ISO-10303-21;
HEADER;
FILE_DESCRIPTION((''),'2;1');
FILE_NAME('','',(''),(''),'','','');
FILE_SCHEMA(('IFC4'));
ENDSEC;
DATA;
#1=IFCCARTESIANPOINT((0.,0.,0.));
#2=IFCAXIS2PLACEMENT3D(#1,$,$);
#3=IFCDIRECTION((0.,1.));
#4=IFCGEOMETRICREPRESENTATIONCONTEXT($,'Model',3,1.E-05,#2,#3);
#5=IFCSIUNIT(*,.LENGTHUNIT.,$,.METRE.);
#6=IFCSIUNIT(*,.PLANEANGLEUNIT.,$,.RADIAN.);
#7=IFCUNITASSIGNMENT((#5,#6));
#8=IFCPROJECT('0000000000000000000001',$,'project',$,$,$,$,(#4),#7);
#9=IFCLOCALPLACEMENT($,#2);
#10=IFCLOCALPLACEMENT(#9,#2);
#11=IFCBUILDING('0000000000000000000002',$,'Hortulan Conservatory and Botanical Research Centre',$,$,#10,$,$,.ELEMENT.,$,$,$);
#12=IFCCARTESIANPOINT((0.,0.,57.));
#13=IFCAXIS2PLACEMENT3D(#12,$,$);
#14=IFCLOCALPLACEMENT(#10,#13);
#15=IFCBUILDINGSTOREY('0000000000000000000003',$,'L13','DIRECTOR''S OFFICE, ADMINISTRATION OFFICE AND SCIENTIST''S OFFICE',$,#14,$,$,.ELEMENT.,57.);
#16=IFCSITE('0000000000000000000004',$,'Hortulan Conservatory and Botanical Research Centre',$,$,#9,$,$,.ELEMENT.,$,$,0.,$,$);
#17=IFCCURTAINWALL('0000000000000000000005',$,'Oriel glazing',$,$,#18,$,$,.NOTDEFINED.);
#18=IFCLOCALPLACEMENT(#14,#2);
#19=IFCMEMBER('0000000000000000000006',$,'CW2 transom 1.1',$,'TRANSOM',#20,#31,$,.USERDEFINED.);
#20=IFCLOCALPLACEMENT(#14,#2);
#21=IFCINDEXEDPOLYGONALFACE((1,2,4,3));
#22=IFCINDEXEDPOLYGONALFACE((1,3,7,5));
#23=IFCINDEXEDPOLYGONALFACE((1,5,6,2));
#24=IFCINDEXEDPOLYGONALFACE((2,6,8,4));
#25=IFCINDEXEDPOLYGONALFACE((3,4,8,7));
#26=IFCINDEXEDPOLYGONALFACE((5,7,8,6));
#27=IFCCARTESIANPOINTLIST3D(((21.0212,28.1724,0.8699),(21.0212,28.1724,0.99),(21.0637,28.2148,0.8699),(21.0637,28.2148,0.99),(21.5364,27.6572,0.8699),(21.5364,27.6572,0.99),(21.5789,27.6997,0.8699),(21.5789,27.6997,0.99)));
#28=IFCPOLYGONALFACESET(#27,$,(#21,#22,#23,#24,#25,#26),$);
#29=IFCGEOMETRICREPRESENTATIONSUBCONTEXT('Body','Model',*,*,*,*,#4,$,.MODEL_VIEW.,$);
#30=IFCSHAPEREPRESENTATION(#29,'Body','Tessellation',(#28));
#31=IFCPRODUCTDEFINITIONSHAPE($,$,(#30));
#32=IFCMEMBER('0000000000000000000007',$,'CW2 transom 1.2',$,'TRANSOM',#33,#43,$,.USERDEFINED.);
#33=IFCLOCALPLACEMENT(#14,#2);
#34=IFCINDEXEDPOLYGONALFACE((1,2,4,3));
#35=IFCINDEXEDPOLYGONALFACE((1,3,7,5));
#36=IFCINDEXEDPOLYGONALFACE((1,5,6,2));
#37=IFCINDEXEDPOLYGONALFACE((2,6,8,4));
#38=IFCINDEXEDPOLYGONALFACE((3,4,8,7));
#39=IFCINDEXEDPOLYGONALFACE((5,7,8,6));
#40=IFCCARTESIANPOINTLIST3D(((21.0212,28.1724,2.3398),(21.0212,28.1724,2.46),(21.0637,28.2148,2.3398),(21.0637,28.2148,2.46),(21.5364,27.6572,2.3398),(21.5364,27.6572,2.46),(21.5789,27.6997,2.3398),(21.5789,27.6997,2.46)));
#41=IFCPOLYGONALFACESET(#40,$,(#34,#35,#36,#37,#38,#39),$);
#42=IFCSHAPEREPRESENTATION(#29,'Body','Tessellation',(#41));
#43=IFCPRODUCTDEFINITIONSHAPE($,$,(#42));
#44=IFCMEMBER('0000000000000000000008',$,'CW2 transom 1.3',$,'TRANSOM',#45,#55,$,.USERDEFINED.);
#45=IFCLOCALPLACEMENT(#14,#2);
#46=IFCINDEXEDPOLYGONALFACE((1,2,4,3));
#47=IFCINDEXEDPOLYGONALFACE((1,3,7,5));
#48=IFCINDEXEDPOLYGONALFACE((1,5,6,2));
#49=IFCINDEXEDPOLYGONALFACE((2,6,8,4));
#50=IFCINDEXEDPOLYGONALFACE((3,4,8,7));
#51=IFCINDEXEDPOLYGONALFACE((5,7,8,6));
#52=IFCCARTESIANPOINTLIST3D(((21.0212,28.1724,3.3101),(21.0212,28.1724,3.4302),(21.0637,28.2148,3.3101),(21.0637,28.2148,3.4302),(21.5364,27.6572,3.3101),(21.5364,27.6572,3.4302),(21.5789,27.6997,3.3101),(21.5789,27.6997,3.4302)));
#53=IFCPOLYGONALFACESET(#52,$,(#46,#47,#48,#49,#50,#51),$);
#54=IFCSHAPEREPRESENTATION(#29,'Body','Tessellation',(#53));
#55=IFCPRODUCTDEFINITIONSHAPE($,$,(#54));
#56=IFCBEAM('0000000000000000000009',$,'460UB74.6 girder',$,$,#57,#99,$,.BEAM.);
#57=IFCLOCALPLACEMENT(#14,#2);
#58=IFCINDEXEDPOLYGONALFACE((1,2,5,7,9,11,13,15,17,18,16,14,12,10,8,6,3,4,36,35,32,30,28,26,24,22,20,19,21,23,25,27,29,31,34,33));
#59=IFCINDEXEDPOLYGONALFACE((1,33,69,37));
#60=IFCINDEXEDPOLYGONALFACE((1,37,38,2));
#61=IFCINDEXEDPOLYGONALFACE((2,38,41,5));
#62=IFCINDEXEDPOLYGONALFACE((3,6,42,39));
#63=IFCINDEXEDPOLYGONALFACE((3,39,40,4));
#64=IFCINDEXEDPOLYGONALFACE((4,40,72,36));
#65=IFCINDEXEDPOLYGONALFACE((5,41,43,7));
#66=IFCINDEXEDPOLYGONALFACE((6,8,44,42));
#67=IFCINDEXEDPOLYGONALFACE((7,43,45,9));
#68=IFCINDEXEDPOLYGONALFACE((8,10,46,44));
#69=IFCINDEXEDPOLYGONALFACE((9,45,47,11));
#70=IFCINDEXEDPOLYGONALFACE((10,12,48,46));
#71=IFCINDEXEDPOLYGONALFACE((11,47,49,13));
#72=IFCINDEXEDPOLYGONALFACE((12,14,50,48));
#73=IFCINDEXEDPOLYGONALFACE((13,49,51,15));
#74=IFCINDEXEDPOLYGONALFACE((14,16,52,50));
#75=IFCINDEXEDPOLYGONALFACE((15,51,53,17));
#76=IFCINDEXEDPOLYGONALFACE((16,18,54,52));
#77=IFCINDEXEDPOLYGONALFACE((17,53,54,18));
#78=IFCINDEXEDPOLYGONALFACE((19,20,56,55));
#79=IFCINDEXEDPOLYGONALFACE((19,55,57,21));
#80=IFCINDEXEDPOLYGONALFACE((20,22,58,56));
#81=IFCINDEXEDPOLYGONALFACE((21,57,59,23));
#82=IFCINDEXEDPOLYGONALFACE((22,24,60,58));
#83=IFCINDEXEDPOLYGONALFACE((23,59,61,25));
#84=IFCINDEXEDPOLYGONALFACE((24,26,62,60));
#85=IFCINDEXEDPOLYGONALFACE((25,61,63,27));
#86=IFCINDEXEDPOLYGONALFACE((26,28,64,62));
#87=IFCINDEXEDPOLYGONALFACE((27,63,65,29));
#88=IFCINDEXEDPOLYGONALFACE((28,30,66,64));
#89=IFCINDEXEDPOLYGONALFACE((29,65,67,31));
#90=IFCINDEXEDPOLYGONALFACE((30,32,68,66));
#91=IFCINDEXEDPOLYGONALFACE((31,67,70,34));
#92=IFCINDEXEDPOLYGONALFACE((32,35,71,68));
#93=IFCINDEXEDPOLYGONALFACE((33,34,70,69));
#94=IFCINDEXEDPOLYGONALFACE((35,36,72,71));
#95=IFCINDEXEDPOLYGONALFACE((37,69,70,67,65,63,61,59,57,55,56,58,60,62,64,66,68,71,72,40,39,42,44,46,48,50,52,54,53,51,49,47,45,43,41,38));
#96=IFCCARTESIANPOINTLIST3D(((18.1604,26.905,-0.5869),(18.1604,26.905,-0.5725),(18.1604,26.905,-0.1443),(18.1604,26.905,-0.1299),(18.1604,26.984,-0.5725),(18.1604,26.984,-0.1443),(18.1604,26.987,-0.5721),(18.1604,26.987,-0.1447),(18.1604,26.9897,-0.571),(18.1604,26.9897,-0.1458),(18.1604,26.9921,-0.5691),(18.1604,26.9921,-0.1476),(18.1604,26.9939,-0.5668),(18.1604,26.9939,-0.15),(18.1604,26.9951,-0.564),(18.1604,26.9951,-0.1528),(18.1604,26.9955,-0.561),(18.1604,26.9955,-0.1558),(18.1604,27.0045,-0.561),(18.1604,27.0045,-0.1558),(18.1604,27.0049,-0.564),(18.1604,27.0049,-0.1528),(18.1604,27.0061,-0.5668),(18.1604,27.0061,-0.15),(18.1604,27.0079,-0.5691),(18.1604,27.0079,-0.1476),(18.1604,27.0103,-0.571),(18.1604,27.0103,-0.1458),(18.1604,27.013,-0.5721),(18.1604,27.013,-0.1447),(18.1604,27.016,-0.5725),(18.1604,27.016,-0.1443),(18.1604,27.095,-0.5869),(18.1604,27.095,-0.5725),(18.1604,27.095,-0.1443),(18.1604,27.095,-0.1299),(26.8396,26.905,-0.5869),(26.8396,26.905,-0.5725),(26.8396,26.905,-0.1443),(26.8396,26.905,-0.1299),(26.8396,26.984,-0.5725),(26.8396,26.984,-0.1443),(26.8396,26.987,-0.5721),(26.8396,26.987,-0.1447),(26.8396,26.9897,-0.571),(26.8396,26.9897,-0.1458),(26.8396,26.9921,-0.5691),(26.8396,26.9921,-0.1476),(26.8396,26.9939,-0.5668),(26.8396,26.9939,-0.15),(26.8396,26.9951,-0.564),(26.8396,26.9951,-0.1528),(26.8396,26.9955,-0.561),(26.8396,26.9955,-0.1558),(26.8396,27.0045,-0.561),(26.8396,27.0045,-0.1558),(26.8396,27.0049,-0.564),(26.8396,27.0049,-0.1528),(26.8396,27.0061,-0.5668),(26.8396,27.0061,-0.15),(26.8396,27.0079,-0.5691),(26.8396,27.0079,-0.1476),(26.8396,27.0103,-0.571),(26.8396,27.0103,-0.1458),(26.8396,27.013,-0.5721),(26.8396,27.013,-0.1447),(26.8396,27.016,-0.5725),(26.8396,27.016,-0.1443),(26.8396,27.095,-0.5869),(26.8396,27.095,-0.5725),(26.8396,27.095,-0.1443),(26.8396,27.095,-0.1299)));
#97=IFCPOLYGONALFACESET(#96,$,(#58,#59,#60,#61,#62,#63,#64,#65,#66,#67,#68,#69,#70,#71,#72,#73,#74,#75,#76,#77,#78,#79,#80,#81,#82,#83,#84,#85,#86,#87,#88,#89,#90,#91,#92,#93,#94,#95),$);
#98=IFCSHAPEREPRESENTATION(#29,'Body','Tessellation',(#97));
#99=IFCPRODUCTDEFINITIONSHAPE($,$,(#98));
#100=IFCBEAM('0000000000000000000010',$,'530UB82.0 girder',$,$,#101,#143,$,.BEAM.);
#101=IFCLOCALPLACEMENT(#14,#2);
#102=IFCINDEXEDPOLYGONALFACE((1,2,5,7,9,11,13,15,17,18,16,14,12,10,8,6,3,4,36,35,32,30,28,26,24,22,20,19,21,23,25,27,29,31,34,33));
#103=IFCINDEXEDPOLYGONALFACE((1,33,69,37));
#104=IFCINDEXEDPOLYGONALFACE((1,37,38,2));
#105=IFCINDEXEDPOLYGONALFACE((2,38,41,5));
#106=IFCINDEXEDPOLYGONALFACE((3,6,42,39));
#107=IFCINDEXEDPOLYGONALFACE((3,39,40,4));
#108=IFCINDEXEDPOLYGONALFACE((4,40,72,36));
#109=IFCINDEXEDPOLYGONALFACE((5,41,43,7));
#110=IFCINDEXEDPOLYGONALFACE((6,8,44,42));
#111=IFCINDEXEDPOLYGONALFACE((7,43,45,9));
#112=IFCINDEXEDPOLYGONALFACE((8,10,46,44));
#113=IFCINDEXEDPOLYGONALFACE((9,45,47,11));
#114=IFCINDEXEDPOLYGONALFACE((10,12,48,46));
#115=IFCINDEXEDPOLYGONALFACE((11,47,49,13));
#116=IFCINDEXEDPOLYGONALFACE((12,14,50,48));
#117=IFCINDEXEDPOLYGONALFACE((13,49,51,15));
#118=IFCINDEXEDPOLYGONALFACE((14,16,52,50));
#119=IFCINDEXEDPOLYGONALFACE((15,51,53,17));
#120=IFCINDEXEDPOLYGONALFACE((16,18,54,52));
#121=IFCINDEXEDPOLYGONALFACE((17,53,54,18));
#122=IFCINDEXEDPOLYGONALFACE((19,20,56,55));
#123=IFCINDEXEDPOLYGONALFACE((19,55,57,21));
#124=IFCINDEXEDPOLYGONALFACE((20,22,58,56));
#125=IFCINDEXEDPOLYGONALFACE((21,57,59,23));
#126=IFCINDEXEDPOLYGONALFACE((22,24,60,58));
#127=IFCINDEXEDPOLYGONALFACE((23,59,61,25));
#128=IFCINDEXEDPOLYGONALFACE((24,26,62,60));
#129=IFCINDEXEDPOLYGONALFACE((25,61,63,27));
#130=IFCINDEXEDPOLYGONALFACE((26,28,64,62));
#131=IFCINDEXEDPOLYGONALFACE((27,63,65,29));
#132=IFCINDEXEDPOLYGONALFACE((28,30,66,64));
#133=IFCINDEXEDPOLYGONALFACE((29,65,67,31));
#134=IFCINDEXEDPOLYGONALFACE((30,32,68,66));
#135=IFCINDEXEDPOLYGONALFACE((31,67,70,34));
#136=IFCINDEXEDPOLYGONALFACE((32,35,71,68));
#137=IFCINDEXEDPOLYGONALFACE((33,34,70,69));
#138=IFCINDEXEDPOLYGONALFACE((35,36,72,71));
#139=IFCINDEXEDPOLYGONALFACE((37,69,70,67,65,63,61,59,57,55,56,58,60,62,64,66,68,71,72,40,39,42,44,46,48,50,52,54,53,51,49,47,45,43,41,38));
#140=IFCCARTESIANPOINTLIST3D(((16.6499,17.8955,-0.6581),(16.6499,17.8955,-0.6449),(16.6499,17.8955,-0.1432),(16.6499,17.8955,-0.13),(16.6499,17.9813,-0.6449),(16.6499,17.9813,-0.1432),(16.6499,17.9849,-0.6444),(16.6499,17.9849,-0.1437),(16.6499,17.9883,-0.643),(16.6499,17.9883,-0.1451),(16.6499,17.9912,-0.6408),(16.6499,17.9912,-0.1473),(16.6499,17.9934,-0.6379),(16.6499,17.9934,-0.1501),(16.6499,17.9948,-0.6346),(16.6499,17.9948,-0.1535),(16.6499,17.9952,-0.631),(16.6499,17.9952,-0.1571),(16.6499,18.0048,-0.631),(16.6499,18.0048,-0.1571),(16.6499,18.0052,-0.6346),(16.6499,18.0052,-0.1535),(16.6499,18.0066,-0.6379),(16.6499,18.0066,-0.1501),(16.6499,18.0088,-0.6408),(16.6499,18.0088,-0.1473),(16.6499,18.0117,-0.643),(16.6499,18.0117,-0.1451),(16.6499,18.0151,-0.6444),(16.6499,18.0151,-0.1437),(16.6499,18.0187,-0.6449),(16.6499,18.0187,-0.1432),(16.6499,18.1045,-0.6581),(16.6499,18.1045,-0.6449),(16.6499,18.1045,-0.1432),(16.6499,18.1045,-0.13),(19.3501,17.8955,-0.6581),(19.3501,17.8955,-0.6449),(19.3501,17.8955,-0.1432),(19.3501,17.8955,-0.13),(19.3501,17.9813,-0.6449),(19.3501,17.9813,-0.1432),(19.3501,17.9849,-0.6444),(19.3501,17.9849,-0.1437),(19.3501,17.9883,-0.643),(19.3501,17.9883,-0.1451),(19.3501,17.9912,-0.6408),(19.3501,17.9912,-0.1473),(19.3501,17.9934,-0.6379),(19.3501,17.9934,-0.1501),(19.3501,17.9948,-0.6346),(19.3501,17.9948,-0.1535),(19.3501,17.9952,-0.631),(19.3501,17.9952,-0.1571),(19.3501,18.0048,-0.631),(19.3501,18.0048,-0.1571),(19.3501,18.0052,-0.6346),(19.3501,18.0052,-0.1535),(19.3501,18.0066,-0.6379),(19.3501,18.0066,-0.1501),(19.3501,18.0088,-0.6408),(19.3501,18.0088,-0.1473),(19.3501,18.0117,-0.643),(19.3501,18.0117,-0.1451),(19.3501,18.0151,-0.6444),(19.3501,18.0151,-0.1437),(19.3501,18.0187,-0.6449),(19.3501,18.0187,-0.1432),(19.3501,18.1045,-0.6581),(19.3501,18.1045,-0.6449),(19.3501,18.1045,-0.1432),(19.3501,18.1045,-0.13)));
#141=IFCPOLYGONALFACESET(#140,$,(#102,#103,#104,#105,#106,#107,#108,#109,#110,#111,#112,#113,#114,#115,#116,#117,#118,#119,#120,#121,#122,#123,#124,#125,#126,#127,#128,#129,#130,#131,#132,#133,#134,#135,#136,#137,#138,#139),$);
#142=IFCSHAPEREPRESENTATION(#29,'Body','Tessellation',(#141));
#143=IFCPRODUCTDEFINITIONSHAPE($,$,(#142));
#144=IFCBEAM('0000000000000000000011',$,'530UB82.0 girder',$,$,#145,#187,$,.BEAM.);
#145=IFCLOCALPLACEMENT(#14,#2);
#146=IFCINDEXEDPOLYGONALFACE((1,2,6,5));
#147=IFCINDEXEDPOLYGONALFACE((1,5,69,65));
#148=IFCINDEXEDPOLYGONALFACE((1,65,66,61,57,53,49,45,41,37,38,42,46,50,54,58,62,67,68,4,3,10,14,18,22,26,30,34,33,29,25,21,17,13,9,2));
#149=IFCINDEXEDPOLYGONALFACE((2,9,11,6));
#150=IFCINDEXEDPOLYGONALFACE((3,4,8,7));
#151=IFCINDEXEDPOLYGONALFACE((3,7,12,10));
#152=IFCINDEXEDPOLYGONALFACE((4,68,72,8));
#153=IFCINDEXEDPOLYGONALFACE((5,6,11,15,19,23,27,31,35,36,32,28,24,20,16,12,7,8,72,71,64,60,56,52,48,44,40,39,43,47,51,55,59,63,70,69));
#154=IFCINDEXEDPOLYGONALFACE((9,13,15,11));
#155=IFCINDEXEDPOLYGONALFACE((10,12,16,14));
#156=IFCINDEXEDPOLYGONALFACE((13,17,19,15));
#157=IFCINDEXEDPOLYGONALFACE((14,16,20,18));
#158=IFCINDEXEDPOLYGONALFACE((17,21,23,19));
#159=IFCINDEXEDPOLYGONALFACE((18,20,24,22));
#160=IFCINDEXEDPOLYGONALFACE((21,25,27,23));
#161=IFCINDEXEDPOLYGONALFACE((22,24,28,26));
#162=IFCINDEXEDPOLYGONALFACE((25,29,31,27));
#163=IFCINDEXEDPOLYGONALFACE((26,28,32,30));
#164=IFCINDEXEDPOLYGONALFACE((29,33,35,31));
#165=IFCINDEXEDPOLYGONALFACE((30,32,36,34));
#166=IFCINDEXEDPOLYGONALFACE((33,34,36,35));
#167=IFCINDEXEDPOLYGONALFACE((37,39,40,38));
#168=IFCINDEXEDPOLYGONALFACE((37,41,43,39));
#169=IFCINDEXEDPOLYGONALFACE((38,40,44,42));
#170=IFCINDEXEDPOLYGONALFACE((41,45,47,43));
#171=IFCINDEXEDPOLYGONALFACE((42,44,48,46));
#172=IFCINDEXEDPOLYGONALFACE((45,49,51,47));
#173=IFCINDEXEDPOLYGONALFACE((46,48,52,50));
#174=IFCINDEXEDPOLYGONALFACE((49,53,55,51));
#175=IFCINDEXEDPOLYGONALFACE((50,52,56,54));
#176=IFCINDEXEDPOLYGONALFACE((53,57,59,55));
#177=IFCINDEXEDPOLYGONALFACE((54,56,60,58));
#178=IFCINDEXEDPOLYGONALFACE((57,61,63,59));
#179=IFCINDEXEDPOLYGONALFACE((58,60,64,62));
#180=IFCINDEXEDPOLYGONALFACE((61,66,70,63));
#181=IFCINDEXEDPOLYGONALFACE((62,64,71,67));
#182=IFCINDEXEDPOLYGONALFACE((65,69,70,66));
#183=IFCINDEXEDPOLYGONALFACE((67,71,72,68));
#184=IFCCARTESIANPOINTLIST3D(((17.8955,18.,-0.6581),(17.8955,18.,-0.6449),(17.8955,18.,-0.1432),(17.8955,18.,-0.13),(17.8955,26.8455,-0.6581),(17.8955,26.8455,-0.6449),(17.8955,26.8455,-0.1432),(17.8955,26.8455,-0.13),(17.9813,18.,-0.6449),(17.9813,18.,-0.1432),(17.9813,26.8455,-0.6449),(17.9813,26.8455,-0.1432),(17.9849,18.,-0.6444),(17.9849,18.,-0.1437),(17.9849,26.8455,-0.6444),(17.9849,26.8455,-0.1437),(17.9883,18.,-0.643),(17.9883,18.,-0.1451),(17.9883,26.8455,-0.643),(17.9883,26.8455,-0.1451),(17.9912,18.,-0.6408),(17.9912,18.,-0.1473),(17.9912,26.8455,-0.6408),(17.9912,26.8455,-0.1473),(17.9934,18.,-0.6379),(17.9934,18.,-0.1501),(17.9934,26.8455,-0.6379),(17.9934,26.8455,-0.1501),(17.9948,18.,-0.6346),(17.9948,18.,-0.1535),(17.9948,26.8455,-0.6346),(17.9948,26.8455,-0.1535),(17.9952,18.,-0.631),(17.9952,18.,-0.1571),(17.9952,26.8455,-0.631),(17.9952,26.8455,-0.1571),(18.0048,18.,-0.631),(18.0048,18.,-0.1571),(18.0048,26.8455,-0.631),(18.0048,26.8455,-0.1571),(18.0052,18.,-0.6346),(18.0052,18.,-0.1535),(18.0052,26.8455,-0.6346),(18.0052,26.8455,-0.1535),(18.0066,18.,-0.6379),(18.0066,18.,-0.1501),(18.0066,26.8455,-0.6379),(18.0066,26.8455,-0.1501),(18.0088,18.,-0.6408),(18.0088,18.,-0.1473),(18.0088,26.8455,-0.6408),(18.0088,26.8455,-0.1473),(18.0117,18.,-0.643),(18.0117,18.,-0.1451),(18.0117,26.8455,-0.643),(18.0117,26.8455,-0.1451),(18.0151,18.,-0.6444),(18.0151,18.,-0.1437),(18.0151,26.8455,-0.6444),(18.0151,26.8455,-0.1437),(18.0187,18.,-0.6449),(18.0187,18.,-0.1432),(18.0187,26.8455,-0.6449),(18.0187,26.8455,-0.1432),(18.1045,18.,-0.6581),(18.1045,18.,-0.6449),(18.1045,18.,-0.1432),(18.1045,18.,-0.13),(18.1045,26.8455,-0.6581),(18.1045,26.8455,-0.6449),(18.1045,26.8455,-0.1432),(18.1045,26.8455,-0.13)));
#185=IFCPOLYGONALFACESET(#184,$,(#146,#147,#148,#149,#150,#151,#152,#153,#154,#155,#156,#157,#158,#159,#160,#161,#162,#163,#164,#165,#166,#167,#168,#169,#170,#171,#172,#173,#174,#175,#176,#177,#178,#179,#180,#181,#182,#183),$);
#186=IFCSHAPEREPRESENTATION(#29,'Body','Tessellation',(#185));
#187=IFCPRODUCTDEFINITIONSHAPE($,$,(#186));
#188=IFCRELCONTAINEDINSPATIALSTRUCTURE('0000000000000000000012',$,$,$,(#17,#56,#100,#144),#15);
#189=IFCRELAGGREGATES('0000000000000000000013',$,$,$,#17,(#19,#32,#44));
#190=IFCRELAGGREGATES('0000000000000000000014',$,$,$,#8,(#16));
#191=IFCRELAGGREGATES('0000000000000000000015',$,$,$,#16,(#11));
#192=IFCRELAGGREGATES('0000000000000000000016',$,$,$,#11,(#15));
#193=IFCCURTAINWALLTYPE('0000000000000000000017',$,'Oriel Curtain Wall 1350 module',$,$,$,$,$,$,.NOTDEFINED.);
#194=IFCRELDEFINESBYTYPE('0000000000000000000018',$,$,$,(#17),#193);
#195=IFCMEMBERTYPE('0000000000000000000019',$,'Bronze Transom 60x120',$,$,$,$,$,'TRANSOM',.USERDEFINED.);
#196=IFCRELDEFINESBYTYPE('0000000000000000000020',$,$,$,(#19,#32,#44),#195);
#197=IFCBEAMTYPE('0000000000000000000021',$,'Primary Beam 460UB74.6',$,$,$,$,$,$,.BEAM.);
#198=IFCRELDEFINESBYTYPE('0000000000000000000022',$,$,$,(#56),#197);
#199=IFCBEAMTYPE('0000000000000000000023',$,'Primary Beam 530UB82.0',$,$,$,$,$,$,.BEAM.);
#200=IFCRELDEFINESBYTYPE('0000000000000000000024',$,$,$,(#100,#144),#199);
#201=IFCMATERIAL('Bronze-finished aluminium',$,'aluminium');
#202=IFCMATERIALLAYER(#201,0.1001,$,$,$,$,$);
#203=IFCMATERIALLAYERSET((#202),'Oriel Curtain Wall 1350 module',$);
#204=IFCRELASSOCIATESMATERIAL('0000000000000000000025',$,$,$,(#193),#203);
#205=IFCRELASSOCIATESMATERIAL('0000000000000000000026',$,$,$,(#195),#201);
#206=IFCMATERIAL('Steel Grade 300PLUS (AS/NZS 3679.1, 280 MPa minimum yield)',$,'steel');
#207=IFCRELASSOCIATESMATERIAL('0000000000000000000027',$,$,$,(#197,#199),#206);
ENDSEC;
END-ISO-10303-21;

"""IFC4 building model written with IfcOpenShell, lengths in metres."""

from ifc_helpers import new_model, si_unit, direction, frame, origin, origin_2d, place, context, subcontext, project, spatial, rectangle, i_section, extrude, material, layer, layer_set, material_profile, profile_set, type_object, element, aggregate, save


model = new_model("IFC4")

# Units and contexts
model_context = context("Model", 3, precision=1e-05, world=origin(), true_north=direction((0.0, 1.0)))
body_context = subcontext(model_context, "Body", "Model", "MODEL_VIEW")
ifc_project = project(units=[si_unit("LENGTHUNIT", "METRE"), si_unit("PLANEANGLEUNIT", "RADIAN")], contexts=[model_context])

# Site, building, storey
site_placement = place(None, origin())
site = spatial("IfcSite", under=ifc_project, at=site_placement, Name="Hortulan Conservatory and Botanical Research Centre", CompositionType="ELEMENT", RefElevation=0.0)
building_placement = place(site_placement, origin())
building = spatial("IfcBuilding", under=site, at=building_placement, Name="Hortulan Conservatory and Botanical Research Centre", CompositionType="ELEMENT")
storey_placement = place(building_placement, frame((0.0, 0.0, 57.0)))
storey = spatial("IfcBuildingStorey", under=building, at=storey_placement, Name="L13", Description="DIRECTOR'S OFFICE, ADMINISTRATION OFFICE AND SCIENTIST'S OFFICE", CompositionType="ELEMENT", Elevation=57.0)

# Shared definitions
ifc_material_1 = material(Name="Steel Grade 300PLUS (AS/NZS 3679.1, 280 MPa minimum yield)", Category="steel")

# Shared definitions
ifc_material_2 = material(Name="Bronze-finished aluminium", Category="aluminium")
ifc_layer_1 = layer(ifc_material_2, 0.1001)
ifc_layer_set_1 = layer_set([ifc_layer_1], Name="Oriel Curtain Wall 1350 module")
curtain_wall_type = type_object("IfcCurtainWallType", Name="Oriel Curtain Wall 1350 module", PredefinedType="NOTDEFINED", material=ifc_layer_set_1)

# Curtain wall
curtain_wall_1_placement = place(storey_placement, origin())
curtain_wall_1 = element("IfcCurtainWall", 1, at=curtain_wall_1_placement, inside=storey, type_object=curtain_wall_type, Name="Oriel glazing", PredefinedType="NOTDEFINED")

# Members
ifc_material_profile_1 = material_profile(ifc_material_2, rectangle(XDim=0.0601, YDim=0.1201, at=origin_2d()), Name="Bronze Transom 60x120")
ifc_profile_set_1 = profile_set([ifc_material_profile_1], Name="Bronze-finished aluminium")
member_type_1 = type_object("IfcMemberType", Name="Bronze Transom 60x120", ElementType="TRANSOM", PredefinedType="USERDEFINED", material=ifc_profile_set_1)
member_1_placement = place(storey_placement, frame((21.0425, 28.1936, 0.9299), z_axis=(0.707107, -0.707107, 0.0), x_axis=(0.707107, 0.707107, 0.0)))
member_1 = element("IfcMember", 2, at=member_1_placement, type_object=member_type_1, Name="CW2 transom 1.1", ObjectType="TRANSOM", PredefinedType="USERDEFINED", context=body_context, shape_type="SweptSolid", body=[
    extrude(rectangle(XDim=0.0601, YDim=0.1201, at=origin_2d()), origin(), (0.0, 0.0, 1.0), 0.7285),
])
member_2_placement = place(storey_placement, frame((21.0425, 28.1936, 2.3999), z_axis=(0.707107, -0.707107, 0.0), x_axis=(0.707107, 0.707107, 0.0)))
member_2 = element("IfcMember", 3, at=member_2_placement, type_object=member_type_1, Name="CW2 transom 1.2", ObjectType="TRANSOM", PredefinedType="USERDEFINED", context=body_context, shape_type="SweptSolid", body=[
    extrude(rectangle(XDim=0.0601, YDim=0.1201, at=origin_2d()), origin(), (0.0, 0.0, 1.0), 0.7285),
])
member_3_placement = place(storey_placement, frame((21.0425, 28.1936, 3.3701), z_axis=(0.707107, -0.707107, 0.0), x_axis=(0.707107, 0.707107, 0.0)))
member_3 = element("IfcMember", 4, at=member_3_placement, type_object=member_type_1, Name="CW2 transom 1.3", ObjectType="TRANSOM", PredefinedType="USERDEFINED", context=body_context, shape_type="SweptSolid", body=[
    extrude(rectangle(XDim=0.0601, YDim=0.1201, at=origin_2d()), origin(), (0.0, 0.0, 1.0), 0.7285),
])

# Beams
ifc_material_profile_2 = material_profile(ifc_material_1, i_section(OverallWidth=0.1899, OverallDepth=0.457, WebThickness=0.009, FlangeThickness=0.0144, FilletRadius=0.0115, at=origin_2d()), Name="460UB74.6")
ifc_profile_set_2 = profile_set([ifc_material_profile_2], Name="Steel Grade 300PLUS (AS/NZS 3679.1, 280 MPa minimum yield)")
beam_type_1 = type_object("IfcBeamType", Name="Primary Beam 460UB74.6", PredefinedType="BEAM", material=ifc_profile_set_2)
beam_1_placement = place(storey_placement, frame((18.1604, 27.0, -0.3584), z_axis=(1.0, 0.0, 0.0), x_axis=(0.0, 1.0, 0.0)))
element("IfcBeam", 5, at=beam_1_placement, inside=storey, type_object=beam_type_1, Name="460UB74.6 girder", PredefinedType="BEAM", context=body_context, shape_type="SweptSolid", body=[
    extrude(i_section(OverallWidth=0.1899, OverallDepth=0.457, WebThickness=0.009, FlangeThickness=0.0144, FilletRadius=0.0115, at=origin_2d()), origin(), (0.0, 0.0, 1.0), 8.6792),
])
ifc_material_profile_3 = material_profile(ifc_material_1, i_section(OverallWidth=0.209, OverallDepth=0.5281, WebThickness=0.0095, FlangeThickness=0.0132, FilletRadius=0.0139, at=origin_2d()), Name="530UB82.0")
ifc_profile_set_3 = profile_set([ifc_material_profile_3], Name="Steel Grade 300PLUS (AS/NZS 3679.1, 280 MPa minimum yield)")
beam_type_2 = type_object("IfcBeamType", Name="Primary Beam 530UB82.0", PredefinedType="BEAM", material=ifc_profile_set_3)
beam_2_placement = place(storey_placement, frame((16.6499, 18.0, -0.394), z_axis=(1.0, 0.0, 0.0), x_axis=(0.0, 1.0, 0.0)))
element("IfcBeam", 6, at=beam_2_placement, inside=storey, type_object=beam_type_2, Name="530UB82.0 girder", PredefinedType="BEAM", context=body_context, shape_type="SweptSolid", body=[
    extrude(i_section(OverallWidth=0.209, OverallDepth=0.5281, WebThickness=0.0095, FlangeThickness=0.0132, FilletRadius=0.0139, at=origin_2d()), origin(), (0.0, 0.0, 1.0), 2.7002),
])
beam_3_placement = place(storey_placement, frame((18.0, 18.0, -0.394), z_axis=(0.0, 1.0, 0.0), x_axis=(-1.0, 0.0, 0.0)))
element("IfcBeam", 7, at=beam_3_placement, inside=storey, type_object=beam_type_2, Name="530UB82.0 girder", PredefinedType="BEAM", context=body_context, shape_type="SweptSolid", body=[
    extrude(i_section(OverallWidth=0.209, OverallDepth=0.5281, WebThickness=0.0095, FlangeThickness=0.0132, FilletRadius=0.0139, at=origin_2d()), origin(), (0.0, 0.0, 1.0), 8.8455),
])

aggregate(curtain_wall_1, [member_1, member_2, member_3])

save(model, "model.ifc")
